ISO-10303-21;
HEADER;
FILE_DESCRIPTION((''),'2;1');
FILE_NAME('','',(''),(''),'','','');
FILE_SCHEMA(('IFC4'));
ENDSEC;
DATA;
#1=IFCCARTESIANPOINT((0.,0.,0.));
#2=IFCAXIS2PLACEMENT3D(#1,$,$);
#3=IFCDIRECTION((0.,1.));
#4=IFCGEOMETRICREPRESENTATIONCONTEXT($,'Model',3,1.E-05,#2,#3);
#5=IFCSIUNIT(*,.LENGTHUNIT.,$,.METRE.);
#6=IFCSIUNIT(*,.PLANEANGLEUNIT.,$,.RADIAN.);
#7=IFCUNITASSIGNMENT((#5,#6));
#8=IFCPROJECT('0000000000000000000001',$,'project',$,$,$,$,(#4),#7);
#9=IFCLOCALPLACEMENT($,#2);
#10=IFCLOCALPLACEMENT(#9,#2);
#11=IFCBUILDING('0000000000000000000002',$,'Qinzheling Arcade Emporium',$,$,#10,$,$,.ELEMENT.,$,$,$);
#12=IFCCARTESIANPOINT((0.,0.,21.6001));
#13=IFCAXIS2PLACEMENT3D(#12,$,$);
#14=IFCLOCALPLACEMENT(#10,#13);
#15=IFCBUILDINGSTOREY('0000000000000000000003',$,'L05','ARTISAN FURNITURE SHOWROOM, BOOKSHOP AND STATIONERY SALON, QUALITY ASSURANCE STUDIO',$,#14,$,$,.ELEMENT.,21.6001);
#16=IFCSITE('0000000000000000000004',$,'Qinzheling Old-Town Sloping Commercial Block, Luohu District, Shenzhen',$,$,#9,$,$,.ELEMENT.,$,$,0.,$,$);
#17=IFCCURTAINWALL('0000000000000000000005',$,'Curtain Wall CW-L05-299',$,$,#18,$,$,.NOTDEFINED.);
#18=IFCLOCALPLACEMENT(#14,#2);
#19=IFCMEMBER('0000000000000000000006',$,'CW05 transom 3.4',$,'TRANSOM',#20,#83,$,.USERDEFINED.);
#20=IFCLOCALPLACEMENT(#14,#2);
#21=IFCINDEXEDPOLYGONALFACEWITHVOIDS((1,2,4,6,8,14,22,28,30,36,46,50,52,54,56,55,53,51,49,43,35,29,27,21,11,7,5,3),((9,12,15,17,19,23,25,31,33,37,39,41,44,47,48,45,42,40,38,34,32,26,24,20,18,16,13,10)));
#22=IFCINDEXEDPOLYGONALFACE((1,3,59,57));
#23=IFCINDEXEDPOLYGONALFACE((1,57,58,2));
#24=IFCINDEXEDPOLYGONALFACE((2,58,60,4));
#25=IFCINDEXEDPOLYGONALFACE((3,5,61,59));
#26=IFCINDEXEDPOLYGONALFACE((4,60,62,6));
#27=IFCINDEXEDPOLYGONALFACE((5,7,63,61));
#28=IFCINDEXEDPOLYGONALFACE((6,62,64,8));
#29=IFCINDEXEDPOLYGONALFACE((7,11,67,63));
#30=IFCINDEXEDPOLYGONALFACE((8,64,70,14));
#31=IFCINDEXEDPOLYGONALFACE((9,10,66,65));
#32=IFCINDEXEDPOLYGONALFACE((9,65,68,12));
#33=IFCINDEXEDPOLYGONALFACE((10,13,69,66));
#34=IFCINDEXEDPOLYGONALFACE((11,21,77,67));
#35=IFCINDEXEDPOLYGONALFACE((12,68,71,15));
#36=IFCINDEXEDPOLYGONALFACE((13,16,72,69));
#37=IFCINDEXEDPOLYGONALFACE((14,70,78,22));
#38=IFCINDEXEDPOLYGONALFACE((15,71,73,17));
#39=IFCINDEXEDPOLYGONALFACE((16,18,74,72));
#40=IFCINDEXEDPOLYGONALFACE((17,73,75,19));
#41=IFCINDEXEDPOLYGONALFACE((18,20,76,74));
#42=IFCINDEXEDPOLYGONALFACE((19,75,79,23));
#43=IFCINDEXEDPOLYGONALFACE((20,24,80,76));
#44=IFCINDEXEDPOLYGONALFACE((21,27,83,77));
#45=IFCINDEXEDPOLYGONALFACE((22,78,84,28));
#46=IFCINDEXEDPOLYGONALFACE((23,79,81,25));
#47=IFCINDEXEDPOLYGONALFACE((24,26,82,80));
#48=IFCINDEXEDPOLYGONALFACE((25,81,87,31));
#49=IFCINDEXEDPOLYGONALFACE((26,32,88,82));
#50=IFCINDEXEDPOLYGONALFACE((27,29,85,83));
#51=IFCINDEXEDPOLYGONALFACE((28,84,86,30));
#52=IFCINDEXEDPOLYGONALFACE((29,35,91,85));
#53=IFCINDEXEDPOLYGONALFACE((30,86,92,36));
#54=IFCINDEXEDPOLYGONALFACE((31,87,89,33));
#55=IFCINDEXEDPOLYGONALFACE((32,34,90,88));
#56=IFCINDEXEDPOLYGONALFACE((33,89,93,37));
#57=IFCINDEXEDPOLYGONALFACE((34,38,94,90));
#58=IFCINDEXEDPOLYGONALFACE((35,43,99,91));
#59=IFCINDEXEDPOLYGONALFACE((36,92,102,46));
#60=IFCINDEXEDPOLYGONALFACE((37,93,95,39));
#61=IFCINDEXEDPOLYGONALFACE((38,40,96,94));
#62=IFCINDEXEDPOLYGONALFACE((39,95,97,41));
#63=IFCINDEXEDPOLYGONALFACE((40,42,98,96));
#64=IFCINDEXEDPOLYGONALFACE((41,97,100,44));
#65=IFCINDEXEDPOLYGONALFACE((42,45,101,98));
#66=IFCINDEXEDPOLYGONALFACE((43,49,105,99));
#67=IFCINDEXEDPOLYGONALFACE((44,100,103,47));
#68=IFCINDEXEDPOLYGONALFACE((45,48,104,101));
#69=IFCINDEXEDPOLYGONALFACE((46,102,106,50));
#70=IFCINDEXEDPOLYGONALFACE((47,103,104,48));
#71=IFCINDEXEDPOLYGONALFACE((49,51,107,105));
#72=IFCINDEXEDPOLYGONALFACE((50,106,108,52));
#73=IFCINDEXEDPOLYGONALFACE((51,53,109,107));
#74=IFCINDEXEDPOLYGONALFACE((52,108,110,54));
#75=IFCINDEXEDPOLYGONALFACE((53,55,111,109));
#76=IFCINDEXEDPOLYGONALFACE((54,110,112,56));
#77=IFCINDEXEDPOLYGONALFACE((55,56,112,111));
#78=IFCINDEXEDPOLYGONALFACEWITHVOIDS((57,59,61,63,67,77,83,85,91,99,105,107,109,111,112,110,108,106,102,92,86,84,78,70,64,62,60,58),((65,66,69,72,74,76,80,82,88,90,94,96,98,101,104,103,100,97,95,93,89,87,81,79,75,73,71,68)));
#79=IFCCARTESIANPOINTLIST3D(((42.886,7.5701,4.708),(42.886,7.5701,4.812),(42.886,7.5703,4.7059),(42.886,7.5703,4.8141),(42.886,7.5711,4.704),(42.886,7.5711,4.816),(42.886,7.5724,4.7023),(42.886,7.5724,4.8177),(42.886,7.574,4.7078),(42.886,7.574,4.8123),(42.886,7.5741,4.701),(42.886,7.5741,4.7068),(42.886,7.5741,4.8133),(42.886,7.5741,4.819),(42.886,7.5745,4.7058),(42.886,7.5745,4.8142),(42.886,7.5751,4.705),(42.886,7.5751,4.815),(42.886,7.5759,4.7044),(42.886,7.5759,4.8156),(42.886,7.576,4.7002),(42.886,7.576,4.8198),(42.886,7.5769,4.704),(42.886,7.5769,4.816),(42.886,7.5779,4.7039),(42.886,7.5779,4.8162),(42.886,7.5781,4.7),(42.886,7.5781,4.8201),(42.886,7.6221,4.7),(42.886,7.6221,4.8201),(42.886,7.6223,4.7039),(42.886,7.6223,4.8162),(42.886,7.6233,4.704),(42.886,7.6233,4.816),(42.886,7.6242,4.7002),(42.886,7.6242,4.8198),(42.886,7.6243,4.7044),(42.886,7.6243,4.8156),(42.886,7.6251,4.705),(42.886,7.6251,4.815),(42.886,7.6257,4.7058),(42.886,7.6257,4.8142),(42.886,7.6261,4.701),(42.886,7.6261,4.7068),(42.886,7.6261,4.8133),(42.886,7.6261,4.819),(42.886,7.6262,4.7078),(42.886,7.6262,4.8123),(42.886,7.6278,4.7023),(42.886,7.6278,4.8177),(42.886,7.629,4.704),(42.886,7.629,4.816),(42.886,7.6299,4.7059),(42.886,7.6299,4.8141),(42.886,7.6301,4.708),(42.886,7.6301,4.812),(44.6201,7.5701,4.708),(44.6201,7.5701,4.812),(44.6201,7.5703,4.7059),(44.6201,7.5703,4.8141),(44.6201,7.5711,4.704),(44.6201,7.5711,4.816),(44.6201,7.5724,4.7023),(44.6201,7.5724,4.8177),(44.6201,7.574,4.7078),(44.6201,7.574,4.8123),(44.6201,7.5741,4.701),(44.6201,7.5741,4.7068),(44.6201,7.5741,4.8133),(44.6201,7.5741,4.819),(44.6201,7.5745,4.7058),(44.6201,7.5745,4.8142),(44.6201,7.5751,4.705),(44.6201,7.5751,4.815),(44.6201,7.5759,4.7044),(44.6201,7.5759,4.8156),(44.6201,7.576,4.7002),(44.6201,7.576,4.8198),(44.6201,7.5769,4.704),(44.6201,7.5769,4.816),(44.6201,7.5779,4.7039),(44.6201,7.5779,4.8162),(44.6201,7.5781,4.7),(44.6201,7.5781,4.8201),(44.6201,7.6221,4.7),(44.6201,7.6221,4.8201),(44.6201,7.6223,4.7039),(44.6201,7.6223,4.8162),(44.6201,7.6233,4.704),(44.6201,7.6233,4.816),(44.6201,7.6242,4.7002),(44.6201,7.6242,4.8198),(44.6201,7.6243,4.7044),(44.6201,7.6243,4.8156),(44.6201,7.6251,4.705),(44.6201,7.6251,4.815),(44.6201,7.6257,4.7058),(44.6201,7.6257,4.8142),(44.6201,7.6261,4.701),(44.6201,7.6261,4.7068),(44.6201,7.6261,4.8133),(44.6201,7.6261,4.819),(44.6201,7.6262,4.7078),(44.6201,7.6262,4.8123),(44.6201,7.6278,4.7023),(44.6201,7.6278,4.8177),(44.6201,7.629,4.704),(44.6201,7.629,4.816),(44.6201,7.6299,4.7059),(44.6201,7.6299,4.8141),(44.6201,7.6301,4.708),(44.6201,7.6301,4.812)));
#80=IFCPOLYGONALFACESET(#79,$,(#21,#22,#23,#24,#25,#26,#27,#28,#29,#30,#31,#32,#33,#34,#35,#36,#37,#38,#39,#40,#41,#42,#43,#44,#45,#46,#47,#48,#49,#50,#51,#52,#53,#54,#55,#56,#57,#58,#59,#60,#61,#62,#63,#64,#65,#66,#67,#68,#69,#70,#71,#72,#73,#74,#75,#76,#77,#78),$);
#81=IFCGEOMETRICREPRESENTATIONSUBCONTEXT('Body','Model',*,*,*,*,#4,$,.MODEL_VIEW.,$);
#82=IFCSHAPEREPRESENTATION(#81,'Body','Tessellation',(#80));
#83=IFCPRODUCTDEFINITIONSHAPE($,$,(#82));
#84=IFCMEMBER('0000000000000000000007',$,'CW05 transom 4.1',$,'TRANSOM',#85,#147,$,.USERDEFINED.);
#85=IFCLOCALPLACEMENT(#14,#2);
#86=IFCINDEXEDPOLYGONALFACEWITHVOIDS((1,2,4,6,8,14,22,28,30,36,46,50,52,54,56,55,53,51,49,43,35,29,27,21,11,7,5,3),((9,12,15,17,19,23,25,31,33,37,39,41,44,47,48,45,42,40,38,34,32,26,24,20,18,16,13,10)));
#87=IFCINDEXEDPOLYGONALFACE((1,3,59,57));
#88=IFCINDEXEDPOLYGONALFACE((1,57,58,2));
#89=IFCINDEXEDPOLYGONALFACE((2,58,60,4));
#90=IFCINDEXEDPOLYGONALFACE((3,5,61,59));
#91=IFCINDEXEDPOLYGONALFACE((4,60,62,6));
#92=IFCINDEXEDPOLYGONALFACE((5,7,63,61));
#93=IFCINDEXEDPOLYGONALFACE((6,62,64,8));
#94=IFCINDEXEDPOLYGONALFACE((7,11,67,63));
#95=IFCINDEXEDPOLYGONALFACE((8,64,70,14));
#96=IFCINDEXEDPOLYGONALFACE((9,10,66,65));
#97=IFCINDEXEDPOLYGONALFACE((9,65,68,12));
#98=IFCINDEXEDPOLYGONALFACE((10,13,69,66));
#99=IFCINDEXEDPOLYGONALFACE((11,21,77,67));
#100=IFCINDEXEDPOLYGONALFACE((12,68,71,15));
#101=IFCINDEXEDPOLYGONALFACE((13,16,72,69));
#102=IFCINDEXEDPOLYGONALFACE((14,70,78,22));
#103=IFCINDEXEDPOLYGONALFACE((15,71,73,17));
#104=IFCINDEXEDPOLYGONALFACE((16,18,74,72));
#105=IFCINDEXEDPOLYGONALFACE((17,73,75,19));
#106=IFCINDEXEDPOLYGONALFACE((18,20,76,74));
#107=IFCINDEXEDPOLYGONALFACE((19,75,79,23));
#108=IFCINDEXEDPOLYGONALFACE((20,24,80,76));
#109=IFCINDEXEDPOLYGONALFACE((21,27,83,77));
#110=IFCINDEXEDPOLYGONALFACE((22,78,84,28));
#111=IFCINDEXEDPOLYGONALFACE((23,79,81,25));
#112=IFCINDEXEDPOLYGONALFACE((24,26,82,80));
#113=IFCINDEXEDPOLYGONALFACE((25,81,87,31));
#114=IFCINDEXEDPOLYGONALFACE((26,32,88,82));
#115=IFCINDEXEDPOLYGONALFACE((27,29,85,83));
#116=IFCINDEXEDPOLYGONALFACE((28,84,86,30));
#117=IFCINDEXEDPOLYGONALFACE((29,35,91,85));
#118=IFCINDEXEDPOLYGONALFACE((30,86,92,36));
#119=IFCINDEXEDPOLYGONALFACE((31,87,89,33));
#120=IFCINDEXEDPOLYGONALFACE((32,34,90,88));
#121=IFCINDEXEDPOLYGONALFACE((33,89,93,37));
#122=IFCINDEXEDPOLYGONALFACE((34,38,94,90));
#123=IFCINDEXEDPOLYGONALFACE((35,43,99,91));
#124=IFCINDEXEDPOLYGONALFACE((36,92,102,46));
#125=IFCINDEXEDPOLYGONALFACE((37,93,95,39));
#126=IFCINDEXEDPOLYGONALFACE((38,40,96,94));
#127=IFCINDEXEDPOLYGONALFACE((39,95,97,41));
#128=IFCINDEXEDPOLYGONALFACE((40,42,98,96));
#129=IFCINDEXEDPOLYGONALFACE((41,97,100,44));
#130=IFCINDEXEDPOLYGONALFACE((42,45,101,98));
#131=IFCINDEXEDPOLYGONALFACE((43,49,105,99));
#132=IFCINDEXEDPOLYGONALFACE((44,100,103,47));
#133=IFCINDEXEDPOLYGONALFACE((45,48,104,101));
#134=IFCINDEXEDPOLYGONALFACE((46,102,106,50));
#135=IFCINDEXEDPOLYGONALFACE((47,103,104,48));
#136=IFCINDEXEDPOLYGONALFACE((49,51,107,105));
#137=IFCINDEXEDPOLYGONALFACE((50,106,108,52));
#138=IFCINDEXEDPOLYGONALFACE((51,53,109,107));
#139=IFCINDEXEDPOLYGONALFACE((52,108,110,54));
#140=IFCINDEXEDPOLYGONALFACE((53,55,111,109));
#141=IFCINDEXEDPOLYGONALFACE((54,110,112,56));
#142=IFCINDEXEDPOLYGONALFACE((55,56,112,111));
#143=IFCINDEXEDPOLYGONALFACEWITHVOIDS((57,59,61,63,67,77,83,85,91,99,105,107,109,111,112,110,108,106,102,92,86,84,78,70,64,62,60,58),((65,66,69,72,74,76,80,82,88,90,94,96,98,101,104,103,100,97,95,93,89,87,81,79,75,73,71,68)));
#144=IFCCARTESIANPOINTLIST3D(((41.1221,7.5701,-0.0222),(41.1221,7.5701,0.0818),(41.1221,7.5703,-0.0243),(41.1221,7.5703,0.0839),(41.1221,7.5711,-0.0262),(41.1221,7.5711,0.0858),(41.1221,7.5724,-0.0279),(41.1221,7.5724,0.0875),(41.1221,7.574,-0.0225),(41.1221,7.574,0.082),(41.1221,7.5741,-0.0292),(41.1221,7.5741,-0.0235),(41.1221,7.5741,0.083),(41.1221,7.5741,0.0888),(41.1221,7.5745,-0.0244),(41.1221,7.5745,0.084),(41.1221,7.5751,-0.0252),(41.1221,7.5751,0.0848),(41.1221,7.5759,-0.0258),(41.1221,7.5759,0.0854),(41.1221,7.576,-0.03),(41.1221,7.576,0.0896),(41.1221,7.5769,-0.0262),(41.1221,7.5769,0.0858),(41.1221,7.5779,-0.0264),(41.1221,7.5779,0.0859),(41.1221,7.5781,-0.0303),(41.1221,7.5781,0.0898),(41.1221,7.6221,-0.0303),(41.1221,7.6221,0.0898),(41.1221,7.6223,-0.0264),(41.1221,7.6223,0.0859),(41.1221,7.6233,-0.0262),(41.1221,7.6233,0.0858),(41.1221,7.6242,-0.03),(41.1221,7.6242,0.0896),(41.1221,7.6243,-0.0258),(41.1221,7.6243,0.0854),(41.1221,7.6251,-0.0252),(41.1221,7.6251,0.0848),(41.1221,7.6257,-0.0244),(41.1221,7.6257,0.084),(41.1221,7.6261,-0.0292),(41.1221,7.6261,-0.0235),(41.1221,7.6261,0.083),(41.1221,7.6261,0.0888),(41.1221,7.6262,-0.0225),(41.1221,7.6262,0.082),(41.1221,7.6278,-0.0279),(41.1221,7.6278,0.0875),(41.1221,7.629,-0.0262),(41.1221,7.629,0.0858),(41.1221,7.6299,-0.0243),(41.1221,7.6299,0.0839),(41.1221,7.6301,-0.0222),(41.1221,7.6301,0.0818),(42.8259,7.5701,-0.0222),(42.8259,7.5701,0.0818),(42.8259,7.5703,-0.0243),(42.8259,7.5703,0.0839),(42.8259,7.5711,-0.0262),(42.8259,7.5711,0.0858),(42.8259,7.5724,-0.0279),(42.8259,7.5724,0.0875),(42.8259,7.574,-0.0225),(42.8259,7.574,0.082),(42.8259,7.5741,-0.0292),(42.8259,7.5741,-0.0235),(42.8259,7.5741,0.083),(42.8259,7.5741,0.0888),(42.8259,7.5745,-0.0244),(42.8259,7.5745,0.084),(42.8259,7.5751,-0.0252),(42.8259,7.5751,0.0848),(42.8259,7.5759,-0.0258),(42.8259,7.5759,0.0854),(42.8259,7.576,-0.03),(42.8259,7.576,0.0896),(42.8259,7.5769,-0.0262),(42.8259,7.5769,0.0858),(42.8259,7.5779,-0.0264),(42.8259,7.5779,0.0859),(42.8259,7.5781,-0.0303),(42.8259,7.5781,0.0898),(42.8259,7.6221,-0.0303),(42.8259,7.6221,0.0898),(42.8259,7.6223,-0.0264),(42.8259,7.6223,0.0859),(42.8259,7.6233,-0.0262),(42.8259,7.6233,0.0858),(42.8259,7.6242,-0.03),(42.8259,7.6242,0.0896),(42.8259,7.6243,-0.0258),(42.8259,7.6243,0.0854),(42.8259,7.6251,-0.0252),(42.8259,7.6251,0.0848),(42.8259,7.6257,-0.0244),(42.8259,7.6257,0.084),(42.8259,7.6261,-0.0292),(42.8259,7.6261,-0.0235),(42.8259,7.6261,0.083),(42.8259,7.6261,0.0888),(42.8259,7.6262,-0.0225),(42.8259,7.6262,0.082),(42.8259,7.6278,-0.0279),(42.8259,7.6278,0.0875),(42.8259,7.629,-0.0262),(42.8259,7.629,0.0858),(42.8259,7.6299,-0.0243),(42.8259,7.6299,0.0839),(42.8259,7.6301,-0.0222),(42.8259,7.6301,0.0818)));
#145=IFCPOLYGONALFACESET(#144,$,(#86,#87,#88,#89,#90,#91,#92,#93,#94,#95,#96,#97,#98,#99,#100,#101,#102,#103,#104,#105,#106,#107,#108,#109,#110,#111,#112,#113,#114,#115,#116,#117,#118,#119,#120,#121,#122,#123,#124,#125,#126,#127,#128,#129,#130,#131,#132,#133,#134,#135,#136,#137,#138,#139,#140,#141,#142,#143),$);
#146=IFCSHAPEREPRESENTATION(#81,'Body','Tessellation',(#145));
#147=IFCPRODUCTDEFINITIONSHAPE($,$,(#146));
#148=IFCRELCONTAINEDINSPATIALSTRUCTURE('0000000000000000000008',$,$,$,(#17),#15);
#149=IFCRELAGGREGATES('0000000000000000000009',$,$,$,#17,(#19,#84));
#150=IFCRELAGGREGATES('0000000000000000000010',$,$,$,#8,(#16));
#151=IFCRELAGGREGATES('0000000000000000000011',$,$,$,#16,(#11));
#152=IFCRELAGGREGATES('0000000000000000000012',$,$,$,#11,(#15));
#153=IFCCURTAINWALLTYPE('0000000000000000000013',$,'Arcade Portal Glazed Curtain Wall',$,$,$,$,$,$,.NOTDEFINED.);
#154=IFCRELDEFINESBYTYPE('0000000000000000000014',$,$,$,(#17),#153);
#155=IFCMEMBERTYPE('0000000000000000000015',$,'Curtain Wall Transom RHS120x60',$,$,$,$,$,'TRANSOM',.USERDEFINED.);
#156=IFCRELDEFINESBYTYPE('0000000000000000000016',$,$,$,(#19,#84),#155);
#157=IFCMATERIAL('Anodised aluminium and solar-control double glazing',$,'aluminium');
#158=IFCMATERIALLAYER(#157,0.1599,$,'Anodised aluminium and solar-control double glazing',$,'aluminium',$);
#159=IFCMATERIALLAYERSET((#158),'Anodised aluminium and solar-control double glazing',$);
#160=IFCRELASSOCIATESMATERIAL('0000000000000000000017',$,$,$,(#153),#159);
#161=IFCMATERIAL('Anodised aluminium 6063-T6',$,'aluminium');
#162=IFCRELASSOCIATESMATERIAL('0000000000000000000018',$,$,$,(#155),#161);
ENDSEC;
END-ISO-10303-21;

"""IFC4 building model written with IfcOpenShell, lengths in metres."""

from ifc_helpers import new_model, si_unit, direction, frame, origin, origin_2d, place, context, subcontext, project, spatial, hollow_rectangle, extrude, material, layer, layer_set, material_profile, profile_set, type_object, element, aggregate, save


model = new_model("IFC4")

# Units and contexts
model_context = context("Model", 3, precision=1e-05, world=origin(), true_north=direction((0.0, 1.0)))
body_context = subcontext(model_context, "Body", "Model", "MODEL_VIEW")
ifc_project = project(units=[si_unit("LENGTHUNIT", "METRE"), si_unit("PLANEANGLEUNIT", "RADIAN")], contexts=[model_context])

# Site, building, storey
site_placement = place(None, origin())
site = spatial("IfcSite", under=ifc_project, at=site_placement, Name="Qinzheling Old-Town Sloping Commercial Block, Luohu District, Shenzhen", CompositionType="ELEMENT", RefElevation=0.0)
building_placement = place(site_placement, origin())
building = spatial("IfcBuilding", under=site, at=building_placement, Name="Qinzheling Arcade Emporium", CompositionType="ELEMENT")
storey_placement = place(building_placement, frame((0.0, 0.0, 21.6001)))
storey = spatial("IfcBuildingStorey", under=building, at=storey_placement, Name="L05", Description="ARTISAN FURNITURE SHOWROOM, BOOKSHOP AND STATIONERY SALON, QUALITY ASSURANCE STUDIO", CompositionType="ELEMENT", Elevation=21.6001)

# Shared definitions
ifc_material_1 = material(Name="Anodised aluminium and solar-control double glazing", Category="aluminium")
ifc_layer_1 = layer(ifc_material_1, 0.1599, Name="Anodised aluminium and solar-control double glazing", Category="aluminium")
ifc_layer_set_1 = layer_set([ifc_layer_1], Name="Anodised aluminium and solar-control double glazing")
curtain_wall_type = type_object("IfcCurtainWallType", Name="Arcade Portal Glazed Curtain Wall", PredefinedType="NOTDEFINED", material=ifc_layer_set_1)
ifc_material_2 = material(Name="Anodised aluminium 6063-T6", Category="aluminium")

# Curtain wall, members
curtain_wall_1_placement = place(storey_placement, origin())
curtain_wall_1 = element("IfcCurtainWall", 1, at=curtain_wall_1_placement, inside=storey, type_object=curtain_wall_type, Name="Curtain Wall CW-L05-299", PredefinedType="NOTDEFINED")
ifc_material_profile_1 = material_profile(ifc_material_2, hollow_rectangle(XDim=0.0601, YDim=0.1201, WallThickness=0.0039, InnerFilletRadius=0.0039, OuterFilletRadius=0.0081, at=origin_2d()), Name="RHS 120x60x4", Category="aluminium")
ifc_profile_set_1 = profile_set([ifc_material_profile_1], Name="Anodised aluminium 6063-T6")
member_type_1 = type_object("IfcMemberType", Name="Curtain Wall Transom RHS120x60", ElementType="TRANSOM", PredefinedType="USERDEFINED", material=ifc_profile_set_1)
member_1_placement = place(storey_placement, frame((44.6201, 7.6001, 4.76), z_axis=(-1.0, 0.0, 0.0), x_axis=(0.0, -1.0, 0.0)))
member_1 = element("IfcMember", 2, at=member_1_placement, type_object=member_type_1, Name="CW05 transom 3.4", ObjectType="TRANSOM", PredefinedType="USERDEFINED", context=body_context, shape_type="SweptSolid", body=[
    extrude(hollow_rectangle(XDim=0.0601, YDim=0.1201, WallThickness=0.0039, InnerFilletRadius=0.0039, OuterFilletRadius=0.0081, at=origin_2d()), origin(), (0.0, 0.0, 1.0), 1.7341),
])
member_2_placement = place(storey_placement, frame((42.8259, 7.6001, 0.0298), z_axis=(-1.0, 0.0, 0.0), x_axis=(0.0, -1.0, 0.0)))
member_2 = element("IfcMember", 3, at=member_2_placement, type_object=member_type_1, Name="CW05 transom 4.1", ObjectType="TRANSOM", PredefinedType="USERDEFINED", context=body_context, shape_type="SweptSolid", body=[
    extrude(hollow_rectangle(XDim=0.0601, YDim=0.1201, WallThickness=0.0039, InnerFilletRadius=0.0039, OuterFilletRadius=0.0081, at=origin_2d()), origin(), (0.0, 0.0, 1.0), 1.7039),
])

aggregate(curtain_wall_1, [member_1, member_2])

save(model, "model.ifc")
